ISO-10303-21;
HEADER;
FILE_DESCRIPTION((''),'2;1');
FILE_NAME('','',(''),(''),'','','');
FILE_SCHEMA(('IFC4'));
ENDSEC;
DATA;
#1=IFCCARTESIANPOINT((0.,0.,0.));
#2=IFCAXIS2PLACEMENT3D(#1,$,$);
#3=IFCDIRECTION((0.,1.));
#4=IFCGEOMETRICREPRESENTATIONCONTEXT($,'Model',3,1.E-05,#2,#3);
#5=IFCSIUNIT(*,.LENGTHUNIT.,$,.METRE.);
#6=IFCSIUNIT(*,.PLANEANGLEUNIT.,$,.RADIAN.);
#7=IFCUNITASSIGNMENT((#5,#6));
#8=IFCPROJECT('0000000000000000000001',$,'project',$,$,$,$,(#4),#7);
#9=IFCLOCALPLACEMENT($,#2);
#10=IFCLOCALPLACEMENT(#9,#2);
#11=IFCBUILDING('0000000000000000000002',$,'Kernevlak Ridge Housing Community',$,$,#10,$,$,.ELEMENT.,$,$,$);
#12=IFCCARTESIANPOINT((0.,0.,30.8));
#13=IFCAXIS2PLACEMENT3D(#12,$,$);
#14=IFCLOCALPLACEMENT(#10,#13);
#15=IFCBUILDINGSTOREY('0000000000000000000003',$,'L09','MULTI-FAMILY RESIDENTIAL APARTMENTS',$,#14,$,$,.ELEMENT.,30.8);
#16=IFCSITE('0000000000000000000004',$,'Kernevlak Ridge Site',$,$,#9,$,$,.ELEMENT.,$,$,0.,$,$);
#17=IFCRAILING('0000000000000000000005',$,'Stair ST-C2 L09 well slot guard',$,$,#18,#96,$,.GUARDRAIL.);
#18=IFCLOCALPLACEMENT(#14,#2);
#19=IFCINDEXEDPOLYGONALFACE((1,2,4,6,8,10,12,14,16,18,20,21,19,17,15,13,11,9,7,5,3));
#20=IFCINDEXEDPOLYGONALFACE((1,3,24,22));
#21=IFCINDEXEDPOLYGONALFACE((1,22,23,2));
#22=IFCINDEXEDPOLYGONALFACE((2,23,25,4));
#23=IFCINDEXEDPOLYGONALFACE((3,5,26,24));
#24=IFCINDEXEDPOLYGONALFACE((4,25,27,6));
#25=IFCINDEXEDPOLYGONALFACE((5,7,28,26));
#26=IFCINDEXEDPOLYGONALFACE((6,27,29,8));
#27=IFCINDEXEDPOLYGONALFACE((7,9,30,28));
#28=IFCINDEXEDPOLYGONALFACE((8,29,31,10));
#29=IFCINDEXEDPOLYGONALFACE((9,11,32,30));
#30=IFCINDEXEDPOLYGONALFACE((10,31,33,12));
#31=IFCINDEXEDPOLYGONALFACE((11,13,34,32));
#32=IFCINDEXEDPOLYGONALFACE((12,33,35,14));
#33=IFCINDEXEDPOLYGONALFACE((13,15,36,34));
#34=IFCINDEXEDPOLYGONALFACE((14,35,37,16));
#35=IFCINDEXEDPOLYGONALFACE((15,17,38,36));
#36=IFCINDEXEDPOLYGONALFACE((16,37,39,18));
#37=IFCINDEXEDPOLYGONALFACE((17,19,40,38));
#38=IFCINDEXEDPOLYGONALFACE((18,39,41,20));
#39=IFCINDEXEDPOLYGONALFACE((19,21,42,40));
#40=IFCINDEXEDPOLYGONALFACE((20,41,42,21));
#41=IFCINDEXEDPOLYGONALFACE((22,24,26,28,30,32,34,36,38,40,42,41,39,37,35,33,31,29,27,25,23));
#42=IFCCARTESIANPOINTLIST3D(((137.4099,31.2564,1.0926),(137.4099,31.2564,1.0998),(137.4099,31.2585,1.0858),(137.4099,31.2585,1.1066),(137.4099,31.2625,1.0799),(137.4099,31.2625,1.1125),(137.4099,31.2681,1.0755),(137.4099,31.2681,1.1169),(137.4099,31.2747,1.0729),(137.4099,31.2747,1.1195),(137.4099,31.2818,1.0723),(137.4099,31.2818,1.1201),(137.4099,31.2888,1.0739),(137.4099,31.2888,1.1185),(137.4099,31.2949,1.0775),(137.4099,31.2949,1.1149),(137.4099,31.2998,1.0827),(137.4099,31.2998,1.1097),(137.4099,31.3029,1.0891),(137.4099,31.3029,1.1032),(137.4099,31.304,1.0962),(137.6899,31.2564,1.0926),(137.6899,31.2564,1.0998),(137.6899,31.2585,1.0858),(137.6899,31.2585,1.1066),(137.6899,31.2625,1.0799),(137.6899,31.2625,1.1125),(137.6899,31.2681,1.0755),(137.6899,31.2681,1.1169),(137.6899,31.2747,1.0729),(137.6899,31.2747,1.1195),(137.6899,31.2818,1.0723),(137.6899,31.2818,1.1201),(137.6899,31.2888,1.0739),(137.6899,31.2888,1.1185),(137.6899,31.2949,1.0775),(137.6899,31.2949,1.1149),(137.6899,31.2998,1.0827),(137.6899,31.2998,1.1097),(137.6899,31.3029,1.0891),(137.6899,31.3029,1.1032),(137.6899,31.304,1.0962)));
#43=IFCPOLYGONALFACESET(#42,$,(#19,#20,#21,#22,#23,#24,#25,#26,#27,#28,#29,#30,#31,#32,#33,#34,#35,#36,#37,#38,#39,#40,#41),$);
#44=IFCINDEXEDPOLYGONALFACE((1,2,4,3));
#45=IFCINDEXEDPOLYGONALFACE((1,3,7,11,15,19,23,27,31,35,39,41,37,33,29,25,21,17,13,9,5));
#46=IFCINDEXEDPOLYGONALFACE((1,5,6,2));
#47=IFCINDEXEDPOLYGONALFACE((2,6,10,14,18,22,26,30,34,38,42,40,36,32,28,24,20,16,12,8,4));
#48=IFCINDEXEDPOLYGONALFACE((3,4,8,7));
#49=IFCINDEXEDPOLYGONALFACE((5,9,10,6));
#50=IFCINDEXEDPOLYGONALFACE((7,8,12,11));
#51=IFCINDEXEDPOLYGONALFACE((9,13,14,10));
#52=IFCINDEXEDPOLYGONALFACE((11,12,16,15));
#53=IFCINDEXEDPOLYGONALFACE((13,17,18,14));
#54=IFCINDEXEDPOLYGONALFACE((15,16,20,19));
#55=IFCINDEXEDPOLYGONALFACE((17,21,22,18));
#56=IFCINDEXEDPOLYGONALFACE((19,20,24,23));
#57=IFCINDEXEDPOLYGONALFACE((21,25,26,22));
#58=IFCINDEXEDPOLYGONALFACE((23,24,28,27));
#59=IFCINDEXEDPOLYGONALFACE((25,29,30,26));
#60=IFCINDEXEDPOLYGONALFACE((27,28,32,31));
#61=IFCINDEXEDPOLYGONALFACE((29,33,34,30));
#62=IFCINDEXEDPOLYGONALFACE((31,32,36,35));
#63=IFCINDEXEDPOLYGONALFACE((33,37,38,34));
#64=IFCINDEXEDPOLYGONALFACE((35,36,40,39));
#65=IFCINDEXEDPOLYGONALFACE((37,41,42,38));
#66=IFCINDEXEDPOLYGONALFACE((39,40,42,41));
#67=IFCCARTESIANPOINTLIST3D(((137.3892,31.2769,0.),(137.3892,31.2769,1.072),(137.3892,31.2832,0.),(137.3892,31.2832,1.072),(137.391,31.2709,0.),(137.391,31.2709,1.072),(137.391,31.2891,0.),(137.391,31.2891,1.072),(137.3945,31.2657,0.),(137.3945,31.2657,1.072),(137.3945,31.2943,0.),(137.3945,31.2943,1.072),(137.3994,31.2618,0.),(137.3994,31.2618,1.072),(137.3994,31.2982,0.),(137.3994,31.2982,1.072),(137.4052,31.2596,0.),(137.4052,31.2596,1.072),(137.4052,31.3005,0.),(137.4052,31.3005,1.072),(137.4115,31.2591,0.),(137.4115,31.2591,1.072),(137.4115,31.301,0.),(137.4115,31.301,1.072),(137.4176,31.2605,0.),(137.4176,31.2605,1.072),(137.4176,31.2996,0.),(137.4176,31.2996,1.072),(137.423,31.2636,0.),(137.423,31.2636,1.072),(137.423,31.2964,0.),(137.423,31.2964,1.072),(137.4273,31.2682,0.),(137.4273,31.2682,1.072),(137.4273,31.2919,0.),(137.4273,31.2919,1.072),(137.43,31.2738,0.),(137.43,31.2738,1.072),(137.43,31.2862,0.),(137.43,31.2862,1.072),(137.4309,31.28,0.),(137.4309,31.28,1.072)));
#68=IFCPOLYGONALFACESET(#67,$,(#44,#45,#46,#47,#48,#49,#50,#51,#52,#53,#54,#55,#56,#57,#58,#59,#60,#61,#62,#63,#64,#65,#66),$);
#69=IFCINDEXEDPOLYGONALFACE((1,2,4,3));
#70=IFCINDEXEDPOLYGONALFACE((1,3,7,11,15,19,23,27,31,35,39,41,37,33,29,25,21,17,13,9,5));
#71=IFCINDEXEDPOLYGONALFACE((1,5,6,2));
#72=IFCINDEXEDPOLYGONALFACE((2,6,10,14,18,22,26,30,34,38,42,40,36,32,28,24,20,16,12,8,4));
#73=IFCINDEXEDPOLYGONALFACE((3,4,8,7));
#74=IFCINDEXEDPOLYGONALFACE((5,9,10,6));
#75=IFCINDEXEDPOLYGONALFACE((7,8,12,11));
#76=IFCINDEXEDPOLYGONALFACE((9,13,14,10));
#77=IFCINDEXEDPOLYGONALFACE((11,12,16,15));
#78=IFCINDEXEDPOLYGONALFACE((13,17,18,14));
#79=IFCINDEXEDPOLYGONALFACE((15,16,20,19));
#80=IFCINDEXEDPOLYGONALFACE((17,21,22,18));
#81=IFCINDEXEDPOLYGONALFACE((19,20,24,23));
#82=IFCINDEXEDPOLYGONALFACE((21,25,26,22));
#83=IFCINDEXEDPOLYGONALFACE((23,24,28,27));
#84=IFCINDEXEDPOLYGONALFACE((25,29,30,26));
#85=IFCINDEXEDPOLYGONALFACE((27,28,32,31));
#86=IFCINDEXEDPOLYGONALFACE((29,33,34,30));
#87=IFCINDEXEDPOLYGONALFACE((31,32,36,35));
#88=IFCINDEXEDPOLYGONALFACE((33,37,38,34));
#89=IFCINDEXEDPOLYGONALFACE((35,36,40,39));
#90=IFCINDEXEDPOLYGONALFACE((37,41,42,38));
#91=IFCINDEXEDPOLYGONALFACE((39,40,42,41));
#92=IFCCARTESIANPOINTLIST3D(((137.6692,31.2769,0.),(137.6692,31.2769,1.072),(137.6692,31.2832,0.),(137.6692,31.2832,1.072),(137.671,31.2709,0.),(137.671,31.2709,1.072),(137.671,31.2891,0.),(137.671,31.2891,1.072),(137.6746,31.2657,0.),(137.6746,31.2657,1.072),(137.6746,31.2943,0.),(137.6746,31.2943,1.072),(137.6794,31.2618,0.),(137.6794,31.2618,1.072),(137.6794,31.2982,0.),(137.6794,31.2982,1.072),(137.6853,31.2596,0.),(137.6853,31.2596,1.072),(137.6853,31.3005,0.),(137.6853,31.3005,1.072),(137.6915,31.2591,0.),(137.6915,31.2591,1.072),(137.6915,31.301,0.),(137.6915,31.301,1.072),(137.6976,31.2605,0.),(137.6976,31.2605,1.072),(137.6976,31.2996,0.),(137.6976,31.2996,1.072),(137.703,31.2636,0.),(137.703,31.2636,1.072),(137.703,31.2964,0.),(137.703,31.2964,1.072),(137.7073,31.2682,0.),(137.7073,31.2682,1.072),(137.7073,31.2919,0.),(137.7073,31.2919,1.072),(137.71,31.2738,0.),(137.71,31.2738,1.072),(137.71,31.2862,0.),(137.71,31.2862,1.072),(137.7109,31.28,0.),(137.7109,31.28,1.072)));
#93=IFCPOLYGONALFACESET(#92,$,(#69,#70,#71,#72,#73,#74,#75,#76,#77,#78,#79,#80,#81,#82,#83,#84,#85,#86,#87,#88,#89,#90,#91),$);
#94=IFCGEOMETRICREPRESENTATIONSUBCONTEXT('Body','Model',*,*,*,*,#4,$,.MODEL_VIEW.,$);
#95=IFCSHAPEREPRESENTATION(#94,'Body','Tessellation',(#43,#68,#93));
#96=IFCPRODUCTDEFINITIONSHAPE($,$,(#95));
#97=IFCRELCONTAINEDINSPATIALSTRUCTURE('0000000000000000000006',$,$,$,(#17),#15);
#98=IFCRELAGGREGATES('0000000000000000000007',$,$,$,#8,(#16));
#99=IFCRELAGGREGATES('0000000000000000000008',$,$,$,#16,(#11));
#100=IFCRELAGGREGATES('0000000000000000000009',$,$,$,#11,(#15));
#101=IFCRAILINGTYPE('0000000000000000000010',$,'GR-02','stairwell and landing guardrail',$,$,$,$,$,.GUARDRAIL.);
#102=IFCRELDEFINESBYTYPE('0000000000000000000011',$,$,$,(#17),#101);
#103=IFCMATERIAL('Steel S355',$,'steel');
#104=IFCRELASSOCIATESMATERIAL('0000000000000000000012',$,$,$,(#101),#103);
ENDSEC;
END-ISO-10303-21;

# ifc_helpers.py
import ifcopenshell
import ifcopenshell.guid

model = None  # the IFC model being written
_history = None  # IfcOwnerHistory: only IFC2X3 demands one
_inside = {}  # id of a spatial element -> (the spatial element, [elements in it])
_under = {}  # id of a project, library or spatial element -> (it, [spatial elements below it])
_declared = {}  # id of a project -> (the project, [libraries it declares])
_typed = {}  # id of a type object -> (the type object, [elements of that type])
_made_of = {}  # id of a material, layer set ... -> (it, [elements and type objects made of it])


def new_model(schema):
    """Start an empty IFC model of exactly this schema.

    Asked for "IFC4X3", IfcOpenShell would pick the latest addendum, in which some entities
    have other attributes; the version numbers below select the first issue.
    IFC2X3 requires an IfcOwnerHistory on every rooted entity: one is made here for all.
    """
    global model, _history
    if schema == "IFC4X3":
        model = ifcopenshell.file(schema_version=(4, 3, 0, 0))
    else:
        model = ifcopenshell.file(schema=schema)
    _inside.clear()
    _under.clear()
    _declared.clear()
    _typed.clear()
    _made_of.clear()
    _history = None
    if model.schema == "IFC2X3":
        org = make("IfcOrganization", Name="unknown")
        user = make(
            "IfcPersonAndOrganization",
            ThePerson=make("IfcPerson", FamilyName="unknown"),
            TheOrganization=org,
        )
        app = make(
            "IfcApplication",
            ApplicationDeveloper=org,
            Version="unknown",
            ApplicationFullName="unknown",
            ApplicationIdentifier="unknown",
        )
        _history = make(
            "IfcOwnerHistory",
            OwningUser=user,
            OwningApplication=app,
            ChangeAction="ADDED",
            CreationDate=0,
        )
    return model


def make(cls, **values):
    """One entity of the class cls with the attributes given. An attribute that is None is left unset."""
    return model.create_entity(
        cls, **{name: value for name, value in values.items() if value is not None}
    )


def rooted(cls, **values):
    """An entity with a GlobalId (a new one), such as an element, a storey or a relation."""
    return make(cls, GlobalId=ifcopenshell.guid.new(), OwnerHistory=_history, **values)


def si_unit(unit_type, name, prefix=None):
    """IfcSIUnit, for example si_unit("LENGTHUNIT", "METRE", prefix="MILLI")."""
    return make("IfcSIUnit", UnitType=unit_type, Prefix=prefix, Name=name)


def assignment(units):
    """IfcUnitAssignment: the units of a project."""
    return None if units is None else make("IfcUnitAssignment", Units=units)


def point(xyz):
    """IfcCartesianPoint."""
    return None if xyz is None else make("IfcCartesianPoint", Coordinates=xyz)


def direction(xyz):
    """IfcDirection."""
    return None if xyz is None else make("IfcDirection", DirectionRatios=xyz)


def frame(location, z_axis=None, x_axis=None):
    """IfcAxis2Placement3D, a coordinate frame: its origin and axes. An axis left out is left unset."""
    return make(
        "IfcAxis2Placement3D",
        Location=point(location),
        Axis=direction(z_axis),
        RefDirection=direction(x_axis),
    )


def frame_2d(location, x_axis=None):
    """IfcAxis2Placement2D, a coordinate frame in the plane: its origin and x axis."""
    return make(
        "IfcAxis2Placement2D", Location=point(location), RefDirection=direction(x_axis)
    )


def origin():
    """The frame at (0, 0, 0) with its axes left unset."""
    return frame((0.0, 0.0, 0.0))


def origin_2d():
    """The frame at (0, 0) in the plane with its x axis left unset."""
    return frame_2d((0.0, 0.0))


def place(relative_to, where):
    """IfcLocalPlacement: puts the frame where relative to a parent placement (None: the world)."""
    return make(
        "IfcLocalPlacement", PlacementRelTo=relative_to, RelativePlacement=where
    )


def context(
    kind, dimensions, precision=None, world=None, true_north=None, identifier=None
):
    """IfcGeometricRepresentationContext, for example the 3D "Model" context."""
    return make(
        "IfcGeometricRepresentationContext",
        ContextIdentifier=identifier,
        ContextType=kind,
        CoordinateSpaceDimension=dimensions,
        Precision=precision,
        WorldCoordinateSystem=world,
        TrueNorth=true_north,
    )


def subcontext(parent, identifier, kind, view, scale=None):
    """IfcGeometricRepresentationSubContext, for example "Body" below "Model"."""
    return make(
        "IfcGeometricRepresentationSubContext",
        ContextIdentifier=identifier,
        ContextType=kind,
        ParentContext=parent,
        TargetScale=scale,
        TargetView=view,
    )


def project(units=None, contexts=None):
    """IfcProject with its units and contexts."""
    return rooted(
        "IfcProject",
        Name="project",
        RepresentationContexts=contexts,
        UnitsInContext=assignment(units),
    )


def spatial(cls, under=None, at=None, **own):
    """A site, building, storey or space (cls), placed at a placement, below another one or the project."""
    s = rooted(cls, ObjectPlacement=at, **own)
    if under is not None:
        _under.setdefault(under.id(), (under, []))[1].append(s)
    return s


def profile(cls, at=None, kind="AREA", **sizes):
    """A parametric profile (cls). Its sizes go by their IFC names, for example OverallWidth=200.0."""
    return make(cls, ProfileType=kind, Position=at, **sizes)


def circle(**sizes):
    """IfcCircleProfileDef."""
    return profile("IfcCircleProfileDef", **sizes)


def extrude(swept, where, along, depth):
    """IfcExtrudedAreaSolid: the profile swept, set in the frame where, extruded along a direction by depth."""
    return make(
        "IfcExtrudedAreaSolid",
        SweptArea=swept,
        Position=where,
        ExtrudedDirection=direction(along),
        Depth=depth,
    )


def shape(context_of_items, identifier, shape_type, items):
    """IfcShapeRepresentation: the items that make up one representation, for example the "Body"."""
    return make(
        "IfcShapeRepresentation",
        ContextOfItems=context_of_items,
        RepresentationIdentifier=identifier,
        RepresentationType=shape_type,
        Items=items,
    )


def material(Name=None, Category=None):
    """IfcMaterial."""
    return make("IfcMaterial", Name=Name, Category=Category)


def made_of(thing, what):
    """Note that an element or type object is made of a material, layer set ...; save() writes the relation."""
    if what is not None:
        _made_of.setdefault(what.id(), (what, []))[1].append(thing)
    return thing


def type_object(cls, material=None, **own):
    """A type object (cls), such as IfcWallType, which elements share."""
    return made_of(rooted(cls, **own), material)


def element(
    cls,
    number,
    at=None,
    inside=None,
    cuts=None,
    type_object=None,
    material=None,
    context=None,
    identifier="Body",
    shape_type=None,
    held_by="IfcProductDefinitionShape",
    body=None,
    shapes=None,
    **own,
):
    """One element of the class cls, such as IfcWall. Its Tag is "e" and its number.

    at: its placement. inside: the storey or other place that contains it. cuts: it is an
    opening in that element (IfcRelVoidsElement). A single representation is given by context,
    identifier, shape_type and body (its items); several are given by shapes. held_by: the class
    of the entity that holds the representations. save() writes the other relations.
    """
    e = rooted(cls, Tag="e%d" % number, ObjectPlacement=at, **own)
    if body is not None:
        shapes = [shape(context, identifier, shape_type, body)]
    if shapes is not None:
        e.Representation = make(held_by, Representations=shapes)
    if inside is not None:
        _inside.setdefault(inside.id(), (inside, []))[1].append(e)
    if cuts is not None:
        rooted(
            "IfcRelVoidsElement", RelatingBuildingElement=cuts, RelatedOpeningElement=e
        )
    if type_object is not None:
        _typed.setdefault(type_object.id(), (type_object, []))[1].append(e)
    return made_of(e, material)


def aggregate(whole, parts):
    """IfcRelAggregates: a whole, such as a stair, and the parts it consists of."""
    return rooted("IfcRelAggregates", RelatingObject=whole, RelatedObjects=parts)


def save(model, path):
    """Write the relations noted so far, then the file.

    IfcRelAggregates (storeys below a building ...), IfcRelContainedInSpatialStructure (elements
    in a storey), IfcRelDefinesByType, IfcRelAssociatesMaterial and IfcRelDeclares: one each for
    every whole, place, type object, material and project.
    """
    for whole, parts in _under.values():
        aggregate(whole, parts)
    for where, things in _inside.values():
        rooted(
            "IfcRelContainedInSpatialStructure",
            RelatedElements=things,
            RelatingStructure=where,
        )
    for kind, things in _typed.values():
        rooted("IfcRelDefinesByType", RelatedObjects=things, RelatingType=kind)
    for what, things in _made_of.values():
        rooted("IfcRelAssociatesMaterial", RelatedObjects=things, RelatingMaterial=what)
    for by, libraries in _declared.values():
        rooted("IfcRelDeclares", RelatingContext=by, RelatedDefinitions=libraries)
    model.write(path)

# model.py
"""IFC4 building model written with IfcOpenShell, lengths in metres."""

from ifc_helpers import new_model, si_unit, direction, frame, origin, origin_2d, place, context, subcontext, project, spatial, circle, extrude, material, type_object, element, save


model = new_model("IFC4")

# Units and contexts
model_context = context("Model", 3, precision=1e-05, world=origin(), true_north=direction((0.0, 1.0)))
body_context = subcontext(model_context, "Body", "Model", "MODEL_VIEW")
ifc_project = project(units=[si_unit("LENGTHUNIT", "METRE"), si_unit("PLANEANGLEUNIT", "RADIAN")], contexts=[model_context])

# Site, building, storey
site_placement = place(None, origin())
site = spatial("IfcSite", under=ifc_project, at=site_placement, Name="Kernevlak Ridge Site", CompositionType="ELEMENT", RefElevation=0.0)
building_placement = place(site_placement, origin())
building = spatial("IfcBuilding", under=site, at=building_placement, Name="Kernevlak Ridge Housing Community", CompositionType="ELEMENT")
storey_placement = place(building_placement, frame((0.0, 0.0, 30.8)))
storey = spatial("IfcBuildingStorey", under=building, at=storey_placement, Name="L09", Description="MULTI-FAMILY RESIDENTIAL APARTMENTS", CompositionType="ELEMENT", Elevation=30.8)

# Railing
ifc_material_1 = material(Name="Steel S355", Category="steel")
railing_type_1 = type_object("IfcRailingType", Name="GR-02", Description="stairwell and landing guardrail", PredefinedType="GUARDRAIL", material=ifc_material_1)
railing_1_placement = place(storey_placement, frame((137.4099, 31.28, 0.0)))
element("IfcRailing", 1, at=railing_1_placement, inside=storey, type_object=railing_type_1, Name="Stair ST-C2 L09 well slot guard", PredefinedType="GUARDRAIL", context=body_context, shape_type="SweptSolid", body=[
    extrude(circle(Radius=0.0239, at=origin_2d()), frame((0.0, 0.0, 1.0962), z_axis=(1.0, 0.0, 0.0), x_axis=(0.0, 1.0, 0.0)), (0.0, 0.0, 1.0), 0.28),
    extrude(circle(Radius=0.021, at=origin_2d()), origin(), (0.0, 0.0, 1.0), 1.072),
    extrude(circle(Radius=0.021, at=origin_2d()), frame((0.28, 0.0, 0.0)), (0.0, 0.0, 1.0), 1.072),
])

save(model, "model.ifc")
